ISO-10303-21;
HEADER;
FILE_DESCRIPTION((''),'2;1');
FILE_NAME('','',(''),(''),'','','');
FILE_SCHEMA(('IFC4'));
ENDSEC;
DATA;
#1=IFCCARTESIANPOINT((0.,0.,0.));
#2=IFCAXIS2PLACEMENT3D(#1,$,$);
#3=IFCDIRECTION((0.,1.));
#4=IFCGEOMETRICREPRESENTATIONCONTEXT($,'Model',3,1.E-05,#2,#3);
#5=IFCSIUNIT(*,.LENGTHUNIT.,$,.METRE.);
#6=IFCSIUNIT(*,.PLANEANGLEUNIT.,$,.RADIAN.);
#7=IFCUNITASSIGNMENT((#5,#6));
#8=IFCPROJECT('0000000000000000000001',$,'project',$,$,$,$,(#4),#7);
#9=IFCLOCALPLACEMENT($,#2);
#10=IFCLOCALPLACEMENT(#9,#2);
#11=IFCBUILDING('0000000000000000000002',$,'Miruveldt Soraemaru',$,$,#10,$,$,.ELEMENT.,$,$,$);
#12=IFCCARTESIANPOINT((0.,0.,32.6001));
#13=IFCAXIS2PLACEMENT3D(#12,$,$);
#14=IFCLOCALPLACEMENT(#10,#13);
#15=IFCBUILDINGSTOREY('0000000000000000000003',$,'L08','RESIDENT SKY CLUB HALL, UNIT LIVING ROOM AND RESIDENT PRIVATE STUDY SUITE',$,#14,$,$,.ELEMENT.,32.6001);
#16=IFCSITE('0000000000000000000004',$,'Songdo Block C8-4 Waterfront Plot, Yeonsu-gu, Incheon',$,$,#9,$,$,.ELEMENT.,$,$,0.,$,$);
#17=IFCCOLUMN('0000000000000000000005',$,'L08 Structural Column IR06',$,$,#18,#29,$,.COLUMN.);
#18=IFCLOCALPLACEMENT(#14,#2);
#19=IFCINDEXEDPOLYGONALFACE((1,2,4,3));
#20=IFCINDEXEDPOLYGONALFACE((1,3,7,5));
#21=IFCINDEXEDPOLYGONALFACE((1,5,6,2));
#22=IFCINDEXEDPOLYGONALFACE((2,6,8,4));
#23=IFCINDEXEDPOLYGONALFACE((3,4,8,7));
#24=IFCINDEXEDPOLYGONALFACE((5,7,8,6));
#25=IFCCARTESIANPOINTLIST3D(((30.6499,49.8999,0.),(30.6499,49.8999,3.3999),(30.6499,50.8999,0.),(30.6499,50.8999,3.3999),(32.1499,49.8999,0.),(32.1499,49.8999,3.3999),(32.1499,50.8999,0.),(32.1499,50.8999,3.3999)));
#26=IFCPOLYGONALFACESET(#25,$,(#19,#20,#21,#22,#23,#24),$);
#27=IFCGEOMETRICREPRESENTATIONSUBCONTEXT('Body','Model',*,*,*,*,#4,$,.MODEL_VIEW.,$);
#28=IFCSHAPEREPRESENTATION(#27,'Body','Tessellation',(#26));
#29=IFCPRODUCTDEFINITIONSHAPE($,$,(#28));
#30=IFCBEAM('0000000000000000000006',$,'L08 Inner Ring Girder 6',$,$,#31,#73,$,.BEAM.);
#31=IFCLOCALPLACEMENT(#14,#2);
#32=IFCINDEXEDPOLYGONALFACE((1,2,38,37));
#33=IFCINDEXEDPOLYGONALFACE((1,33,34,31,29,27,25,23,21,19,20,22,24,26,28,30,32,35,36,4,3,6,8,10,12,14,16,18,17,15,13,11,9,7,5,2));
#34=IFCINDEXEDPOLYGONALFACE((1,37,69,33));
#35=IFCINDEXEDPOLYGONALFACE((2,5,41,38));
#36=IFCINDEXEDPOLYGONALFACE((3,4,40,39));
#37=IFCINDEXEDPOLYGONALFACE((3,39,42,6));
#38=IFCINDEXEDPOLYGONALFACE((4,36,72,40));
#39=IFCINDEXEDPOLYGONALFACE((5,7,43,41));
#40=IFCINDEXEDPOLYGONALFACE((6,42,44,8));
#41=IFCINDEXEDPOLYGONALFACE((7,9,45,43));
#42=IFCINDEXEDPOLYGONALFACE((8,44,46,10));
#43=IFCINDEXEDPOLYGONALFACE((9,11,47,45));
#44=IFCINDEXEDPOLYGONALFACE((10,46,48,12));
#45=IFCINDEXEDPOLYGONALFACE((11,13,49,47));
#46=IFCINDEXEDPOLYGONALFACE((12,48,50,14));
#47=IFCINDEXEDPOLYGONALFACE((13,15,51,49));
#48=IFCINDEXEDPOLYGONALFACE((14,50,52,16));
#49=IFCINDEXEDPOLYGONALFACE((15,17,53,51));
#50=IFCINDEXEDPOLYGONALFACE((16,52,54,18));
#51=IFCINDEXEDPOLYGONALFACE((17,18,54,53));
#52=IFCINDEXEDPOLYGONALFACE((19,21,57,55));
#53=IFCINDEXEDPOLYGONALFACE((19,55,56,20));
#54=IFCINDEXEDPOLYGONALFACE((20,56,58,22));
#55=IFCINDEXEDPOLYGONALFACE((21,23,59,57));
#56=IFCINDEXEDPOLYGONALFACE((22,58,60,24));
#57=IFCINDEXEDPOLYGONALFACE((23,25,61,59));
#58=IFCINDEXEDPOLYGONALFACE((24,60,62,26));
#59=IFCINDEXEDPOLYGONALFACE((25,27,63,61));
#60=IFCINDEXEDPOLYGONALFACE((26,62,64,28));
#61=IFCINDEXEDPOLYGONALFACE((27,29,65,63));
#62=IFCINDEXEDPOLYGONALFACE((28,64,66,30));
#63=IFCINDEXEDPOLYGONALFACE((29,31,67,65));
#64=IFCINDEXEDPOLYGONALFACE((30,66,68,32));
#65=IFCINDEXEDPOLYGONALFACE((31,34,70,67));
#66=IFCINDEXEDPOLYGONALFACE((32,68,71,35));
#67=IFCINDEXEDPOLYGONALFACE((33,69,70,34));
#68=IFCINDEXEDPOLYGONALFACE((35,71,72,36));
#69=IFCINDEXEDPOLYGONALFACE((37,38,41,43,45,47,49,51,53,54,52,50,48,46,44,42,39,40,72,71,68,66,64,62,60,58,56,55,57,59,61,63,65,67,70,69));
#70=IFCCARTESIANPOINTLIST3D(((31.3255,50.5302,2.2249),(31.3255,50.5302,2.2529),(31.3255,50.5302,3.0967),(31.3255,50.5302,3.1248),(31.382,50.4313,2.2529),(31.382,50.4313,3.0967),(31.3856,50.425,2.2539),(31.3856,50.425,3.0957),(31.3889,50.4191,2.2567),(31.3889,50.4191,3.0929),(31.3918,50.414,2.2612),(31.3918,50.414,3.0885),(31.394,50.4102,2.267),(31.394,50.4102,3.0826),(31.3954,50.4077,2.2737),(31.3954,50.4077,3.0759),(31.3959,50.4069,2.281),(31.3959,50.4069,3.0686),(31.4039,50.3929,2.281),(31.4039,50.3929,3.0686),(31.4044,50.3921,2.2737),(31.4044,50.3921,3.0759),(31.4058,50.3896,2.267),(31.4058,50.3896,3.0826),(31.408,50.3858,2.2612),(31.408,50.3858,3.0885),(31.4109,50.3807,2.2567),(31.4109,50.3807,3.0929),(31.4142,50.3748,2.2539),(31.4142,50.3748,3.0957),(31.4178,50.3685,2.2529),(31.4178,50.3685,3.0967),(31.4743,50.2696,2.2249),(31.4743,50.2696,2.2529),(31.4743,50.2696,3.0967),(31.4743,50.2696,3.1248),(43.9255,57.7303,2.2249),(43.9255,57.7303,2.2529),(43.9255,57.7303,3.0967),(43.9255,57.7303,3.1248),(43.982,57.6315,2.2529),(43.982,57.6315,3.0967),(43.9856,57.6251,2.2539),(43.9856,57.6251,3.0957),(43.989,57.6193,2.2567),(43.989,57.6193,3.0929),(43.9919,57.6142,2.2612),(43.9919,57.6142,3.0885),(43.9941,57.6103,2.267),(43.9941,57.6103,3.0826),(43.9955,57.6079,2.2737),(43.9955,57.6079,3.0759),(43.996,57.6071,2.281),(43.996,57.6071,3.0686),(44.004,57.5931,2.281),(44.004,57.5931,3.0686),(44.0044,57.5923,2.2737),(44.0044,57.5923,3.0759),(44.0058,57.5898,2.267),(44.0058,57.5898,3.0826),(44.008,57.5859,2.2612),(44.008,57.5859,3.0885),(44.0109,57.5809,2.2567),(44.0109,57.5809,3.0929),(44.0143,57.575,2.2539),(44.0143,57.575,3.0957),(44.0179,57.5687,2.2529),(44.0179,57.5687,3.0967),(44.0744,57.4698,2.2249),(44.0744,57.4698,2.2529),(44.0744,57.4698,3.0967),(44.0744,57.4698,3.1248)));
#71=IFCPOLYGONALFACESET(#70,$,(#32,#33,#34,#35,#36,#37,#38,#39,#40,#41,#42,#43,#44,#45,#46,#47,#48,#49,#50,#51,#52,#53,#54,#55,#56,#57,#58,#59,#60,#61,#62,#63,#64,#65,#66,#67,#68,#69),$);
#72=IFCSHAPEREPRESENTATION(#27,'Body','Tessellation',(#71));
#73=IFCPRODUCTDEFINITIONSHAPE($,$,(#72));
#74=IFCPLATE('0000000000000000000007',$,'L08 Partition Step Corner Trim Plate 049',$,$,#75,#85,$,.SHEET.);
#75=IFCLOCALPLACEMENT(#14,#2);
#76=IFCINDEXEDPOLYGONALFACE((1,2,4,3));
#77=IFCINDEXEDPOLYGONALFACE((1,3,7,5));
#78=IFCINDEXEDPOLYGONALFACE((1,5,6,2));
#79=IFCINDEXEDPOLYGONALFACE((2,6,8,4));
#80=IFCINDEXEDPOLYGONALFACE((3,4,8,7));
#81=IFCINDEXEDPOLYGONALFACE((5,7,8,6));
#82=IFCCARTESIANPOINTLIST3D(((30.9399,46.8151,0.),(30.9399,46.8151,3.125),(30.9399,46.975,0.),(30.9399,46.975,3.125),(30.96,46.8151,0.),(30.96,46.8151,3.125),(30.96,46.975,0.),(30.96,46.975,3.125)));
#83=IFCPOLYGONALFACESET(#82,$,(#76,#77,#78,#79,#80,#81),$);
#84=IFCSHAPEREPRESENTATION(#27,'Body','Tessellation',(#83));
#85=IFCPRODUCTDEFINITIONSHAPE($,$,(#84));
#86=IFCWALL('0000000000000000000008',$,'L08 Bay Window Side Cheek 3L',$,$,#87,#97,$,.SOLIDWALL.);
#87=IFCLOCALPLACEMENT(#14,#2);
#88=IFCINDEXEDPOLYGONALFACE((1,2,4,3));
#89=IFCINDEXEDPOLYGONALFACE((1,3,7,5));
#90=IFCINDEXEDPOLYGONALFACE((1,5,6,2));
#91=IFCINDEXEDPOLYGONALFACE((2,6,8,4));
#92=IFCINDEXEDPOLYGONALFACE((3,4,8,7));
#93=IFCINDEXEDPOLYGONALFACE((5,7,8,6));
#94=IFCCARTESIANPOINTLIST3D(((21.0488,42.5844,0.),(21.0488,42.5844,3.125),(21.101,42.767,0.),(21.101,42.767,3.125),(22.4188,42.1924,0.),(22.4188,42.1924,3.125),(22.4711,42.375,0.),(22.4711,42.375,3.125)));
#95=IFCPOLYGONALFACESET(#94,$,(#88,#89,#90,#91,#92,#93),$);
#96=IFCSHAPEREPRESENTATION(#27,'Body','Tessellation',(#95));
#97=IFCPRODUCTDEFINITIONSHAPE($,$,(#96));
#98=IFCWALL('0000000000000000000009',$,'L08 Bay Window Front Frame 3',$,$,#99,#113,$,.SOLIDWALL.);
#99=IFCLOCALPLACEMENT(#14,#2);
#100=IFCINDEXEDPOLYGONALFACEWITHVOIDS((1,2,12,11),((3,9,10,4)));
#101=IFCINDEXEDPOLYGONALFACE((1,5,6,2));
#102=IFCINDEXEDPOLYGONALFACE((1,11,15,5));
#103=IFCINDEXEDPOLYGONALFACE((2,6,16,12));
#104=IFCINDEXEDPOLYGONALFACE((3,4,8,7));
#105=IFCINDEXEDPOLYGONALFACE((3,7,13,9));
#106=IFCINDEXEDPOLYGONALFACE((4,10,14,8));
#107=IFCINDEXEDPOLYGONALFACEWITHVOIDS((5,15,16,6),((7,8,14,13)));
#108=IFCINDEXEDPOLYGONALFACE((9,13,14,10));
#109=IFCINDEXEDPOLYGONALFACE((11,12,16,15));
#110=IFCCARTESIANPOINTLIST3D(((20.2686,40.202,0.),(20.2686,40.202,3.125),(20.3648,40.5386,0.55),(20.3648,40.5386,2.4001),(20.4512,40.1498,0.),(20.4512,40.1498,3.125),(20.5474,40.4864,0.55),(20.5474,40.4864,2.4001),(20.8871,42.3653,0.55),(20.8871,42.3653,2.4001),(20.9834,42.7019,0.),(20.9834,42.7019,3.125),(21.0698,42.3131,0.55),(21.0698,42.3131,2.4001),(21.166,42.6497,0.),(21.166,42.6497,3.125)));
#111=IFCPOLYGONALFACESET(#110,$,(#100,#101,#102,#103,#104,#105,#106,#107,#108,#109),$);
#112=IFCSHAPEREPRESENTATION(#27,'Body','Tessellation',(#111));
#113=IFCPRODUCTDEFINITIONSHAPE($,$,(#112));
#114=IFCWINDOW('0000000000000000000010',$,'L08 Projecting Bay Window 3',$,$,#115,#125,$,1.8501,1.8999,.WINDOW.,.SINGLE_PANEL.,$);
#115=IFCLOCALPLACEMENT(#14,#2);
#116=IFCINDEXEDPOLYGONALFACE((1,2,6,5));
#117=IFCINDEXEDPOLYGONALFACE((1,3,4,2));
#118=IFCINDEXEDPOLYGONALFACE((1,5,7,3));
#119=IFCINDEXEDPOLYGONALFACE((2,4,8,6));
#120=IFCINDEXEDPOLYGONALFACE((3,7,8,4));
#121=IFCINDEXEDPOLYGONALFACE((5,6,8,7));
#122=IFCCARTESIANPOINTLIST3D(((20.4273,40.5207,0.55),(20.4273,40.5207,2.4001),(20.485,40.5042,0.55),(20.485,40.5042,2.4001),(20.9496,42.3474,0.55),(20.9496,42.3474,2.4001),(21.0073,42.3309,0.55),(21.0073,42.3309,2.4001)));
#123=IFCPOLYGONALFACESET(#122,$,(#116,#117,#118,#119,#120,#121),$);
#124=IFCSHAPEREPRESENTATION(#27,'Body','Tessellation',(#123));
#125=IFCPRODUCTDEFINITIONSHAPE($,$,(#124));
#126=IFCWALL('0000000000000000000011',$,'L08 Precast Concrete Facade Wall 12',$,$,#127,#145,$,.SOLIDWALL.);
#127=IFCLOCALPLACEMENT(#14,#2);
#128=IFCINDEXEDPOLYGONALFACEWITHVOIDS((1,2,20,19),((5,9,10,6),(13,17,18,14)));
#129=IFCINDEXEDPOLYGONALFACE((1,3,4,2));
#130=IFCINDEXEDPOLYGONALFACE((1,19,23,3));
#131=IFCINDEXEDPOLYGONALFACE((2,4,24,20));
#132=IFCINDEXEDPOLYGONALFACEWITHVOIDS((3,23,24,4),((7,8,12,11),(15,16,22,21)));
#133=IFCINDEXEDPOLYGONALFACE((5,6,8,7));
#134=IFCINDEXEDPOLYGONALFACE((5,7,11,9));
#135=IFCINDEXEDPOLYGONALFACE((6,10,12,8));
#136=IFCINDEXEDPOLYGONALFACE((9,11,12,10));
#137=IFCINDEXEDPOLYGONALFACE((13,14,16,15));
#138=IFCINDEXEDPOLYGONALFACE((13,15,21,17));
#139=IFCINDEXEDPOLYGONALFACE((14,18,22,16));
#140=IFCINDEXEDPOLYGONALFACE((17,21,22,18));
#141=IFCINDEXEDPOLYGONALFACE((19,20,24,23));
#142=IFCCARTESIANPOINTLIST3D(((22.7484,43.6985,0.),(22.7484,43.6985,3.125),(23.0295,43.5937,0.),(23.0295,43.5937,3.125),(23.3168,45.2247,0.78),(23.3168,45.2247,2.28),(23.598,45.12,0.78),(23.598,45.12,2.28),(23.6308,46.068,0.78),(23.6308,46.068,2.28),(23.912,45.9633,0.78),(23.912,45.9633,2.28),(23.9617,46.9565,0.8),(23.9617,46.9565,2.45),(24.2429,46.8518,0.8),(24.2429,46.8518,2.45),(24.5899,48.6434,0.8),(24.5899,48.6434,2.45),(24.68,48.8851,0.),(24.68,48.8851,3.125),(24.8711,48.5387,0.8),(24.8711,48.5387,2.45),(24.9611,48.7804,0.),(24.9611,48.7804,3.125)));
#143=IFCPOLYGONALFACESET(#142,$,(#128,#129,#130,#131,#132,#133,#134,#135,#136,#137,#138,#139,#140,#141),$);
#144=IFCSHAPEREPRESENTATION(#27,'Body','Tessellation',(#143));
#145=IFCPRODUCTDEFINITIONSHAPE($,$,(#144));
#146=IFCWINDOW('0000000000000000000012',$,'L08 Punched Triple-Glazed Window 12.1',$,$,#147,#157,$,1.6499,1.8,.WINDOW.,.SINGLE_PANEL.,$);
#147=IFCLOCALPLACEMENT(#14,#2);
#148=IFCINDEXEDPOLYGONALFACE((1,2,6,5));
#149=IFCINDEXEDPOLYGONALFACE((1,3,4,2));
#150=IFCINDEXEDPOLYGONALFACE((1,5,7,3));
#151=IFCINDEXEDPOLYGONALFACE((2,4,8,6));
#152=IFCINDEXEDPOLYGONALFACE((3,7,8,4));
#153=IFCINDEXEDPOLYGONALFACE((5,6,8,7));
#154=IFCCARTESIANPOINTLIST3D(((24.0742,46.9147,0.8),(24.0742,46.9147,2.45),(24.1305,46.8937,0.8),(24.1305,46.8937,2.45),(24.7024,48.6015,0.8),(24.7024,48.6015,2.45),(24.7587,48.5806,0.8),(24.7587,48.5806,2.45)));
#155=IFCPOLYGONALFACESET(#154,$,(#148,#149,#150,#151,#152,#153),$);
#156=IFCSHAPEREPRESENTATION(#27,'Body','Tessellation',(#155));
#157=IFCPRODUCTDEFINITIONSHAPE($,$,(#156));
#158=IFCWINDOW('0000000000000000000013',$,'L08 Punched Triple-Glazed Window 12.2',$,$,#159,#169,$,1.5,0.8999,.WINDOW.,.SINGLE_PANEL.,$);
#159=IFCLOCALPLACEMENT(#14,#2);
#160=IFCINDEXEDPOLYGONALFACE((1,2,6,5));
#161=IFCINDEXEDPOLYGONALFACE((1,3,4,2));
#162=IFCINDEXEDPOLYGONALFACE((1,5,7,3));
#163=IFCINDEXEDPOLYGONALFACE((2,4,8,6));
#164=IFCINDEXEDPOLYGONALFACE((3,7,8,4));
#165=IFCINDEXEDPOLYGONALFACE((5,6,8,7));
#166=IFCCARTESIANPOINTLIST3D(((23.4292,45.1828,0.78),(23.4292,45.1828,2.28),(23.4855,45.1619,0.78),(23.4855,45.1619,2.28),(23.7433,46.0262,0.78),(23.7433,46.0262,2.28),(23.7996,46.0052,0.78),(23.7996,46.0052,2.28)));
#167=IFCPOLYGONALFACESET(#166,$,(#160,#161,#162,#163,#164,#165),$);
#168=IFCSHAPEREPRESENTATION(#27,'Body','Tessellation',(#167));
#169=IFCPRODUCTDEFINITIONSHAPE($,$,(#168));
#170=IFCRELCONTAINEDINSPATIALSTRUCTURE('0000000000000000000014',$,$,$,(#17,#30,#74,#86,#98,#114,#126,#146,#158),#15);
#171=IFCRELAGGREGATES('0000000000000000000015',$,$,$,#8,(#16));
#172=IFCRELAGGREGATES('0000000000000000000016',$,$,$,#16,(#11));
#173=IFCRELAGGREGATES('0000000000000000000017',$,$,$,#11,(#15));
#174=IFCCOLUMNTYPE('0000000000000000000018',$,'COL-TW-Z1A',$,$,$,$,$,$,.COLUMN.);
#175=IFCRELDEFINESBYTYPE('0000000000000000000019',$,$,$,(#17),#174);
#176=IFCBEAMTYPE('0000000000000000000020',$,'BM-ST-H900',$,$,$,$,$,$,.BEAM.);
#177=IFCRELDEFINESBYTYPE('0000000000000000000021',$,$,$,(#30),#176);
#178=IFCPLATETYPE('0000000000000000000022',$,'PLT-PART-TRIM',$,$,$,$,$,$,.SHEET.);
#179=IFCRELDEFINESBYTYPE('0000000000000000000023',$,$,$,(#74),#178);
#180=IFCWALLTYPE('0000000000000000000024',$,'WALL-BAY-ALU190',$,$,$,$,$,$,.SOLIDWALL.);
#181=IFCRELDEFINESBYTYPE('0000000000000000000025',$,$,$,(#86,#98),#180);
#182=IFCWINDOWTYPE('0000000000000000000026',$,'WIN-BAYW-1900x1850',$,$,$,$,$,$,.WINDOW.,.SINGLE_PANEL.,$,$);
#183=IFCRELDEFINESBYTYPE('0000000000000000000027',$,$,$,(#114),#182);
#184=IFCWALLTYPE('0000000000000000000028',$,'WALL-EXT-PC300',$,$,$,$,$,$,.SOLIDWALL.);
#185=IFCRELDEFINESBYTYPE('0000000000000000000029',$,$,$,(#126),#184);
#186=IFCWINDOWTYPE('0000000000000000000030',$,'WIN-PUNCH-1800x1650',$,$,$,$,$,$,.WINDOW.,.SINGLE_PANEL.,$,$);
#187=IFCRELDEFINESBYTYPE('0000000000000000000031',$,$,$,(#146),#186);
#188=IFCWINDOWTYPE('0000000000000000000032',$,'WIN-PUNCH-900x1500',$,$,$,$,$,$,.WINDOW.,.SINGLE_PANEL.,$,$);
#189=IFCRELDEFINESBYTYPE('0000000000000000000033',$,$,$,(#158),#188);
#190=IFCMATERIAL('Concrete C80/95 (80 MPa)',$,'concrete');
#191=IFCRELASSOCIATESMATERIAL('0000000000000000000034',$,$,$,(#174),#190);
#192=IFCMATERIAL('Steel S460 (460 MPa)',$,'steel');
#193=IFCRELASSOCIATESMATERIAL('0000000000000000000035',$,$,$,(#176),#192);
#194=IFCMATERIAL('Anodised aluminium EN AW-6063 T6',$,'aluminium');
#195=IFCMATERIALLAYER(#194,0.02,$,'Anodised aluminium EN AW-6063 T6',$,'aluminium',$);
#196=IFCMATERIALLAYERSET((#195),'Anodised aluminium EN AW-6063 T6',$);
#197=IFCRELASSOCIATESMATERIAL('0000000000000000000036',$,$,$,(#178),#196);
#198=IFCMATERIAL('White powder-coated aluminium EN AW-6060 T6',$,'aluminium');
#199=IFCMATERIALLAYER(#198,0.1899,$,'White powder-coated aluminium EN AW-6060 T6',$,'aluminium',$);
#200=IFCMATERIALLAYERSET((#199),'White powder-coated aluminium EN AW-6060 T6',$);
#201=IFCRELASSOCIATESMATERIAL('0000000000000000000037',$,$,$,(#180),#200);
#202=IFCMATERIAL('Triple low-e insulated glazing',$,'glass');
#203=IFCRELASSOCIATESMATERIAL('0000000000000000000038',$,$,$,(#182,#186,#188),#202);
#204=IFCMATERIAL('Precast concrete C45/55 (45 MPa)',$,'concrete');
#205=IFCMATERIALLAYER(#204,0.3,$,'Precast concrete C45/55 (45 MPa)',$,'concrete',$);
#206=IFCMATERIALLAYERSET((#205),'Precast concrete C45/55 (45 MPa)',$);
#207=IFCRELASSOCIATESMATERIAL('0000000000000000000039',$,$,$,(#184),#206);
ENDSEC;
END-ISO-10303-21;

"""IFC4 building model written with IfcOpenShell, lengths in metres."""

from ifc_helpers import new_model, si_unit, direction, frame, frame_2d, origin, origin_2d, place, context, subcontext, project, spatial, rectangle, i_section, extrude, material, layer, layer_set, material_profile, profile_set, type_object, element, fill, save


model = new_model("IFC4")

# Units and contexts
model_context = context("Model", 3, precision=1e-05, world=origin(), true_north=direction((0.0, 1.0)))
body_context = subcontext(model_context, "Body", "Model", "MODEL_VIEW")
ifc_project = project(units=[si_unit("LENGTHUNIT", "METRE"), si_unit("PLANEANGLEUNIT", "RADIAN")], contexts=[model_context])

# Site, building, storey
site_placement = place(None, origin())
site = spatial("IfcSite", under=ifc_project, at=site_placement, Name="Songdo Block C8-4 Waterfront Plot, Yeonsu-gu, Incheon", CompositionType="ELEMENT", RefElevation=0.0)
building_placement = place(site_placement, origin())
building = spatial("IfcBuilding", under=site, at=building_placement, Name="Miruveldt Soraemaru", CompositionType="ELEMENT")
storey_placement = place(building_placement, frame((0.0, 0.0, 32.6001)))
storey = spatial("IfcBuildingStorey", under=building, at=storey_placement, Name="L08", Description="RESIDENT SKY CLUB HALL, UNIT LIVING ROOM AND RESIDENT PRIVATE STUDY SUITE", CompositionType="ELEMENT", Elevation=32.6001)

# Column
ifc_material_1 = material(Name="Concrete C80/95 (80 MPa)", Category="concrete")
ifc_material_profile_1 = material_profile(ifc_material_1, rectangle(XDim=1.5, YDim=1.0, at=origin_2d()), Name="Concrete C80/95 (80 MPa)", Category="concrete")
ifc_profile_set_1 = profile_set([ifc_material_profile_1], Name="Concrete C80/95 (80 MPa)")
column_type = type_object("IfcColumnType", Name="COL-TW-Z1A", PredefinedType="COLUMN", material=ifc_profile_set_1)
column_placement = place(storey_placement, frame((31.3999, 50.3999, 0.0), z_axis=(0.0, 0.0, 1.0), x_axis=(1.0, 0.0, 0.0)))
element("IfcColumn", 1, at=column_placement, inside=storey, type_object=column_type, Name="L08 Structural Column IR06", PredefinedType="COLUMN", context=body_context, shape_type="SweptSolid", body=[
    extrude(rectangle(XDim=1.5, YDim=1.0, at=origin_2d()), origin(), (0.0, 0.0, 1.0), 3.3999),
])

# Beam
ifc_material_2 = material(Name="Steel S460 (460 MPa)", Category="steel")
ifc_material_profile_2 = material_profile(ifc_material_2, i_section(OverallWidth=0.3, OverallDepth=0.8999, WebThickness=0.0161, FlangeThickness=0.0281, FilletRadius=0.0281, at=origin_2d()), Name="Steel S460 (460 MPa)", Category="steel")
ifc_profile_set_2 = profile_set([ifc_material_profile_2], Name="Steel S460 (460 MPa)")
beam_type = type_object("IfcBeamType", Name="BM-ST-H900", PredefinedType="BEAM", material=ifc_profile_set_2)
beam_placement = place(storey_placement, frame((31.3999, 50.3999, 2.6748), z_axis=(0.868239, 0.496146, 0.0), x_axis=(-0.496146, 0.868239, 0.0)))
element("IfcBeam", 2, at=beam_placement, inside=storey, type_object=beam_type, Name="L08 Inner Ring Girder 6", PredefinedType="BEAM", context=body_context, shape_type="SweptSolid", body=[
    extrude(i_section(OverallWidth=0.3, OverallDepth=0.8999, WebThickness=0.0161, FlangeThickness=0.0281, FilletRadius=0.0281, at=origin_2d()), origin(), (0.0, 0.0, 1.0), 14.5122),
])

# Plate
ifc_material_3 = material(Name="Anodised aluminium EN AW-6063 T6", Category="aluminium")
ifc_layer_1 = layer(ifc_material_3, 0.02, Name="Anodised aluminium EN AW-6063 T6", Category="aluminium")
ifc_layer_set_1 = layer_set([ifc_layer_1], Name="Anodised aluminium EN AW-6063 T6")
plate_type = type_object("IfcPlateType", Name="PLT-PART-TRIM", PredefinedType="SHEET", material=ifc_layer_set_1)
plate_placement = place(storey_placement, frame((30.95, 46.895, 0.0), z_axis=(0.0, 0.0, 1.0), x_axis=(0.0, -1.0, 0.0)))
element("IfcPlate", 3, at=plate_placement, inside=storey, type_object=plate_type, Name="L08 Partition Step Corner Trim Plate 049", PredefinedType="SHEET", context=body_context, shape_type="SweptSolid", body=[
    extrude(rectangle(XDim=0.1599, YDim=0.02, at=origin_2d()), origin(), (0.0, 0.0, 1.0), 3.125),
])

# Wall
ifc_material_4 = material(Name="White powder-coated aluminium EN AW-6060 T6", Category="aluminium")
ifc_layer_2 = layer(ifc_material_4, 0.1899, Name="White powder-coated aluminium EN AW-6060 T6", Category="aluminium")
ifc_layer_set_2 = layer_set([ifc_layer_2], Name="White powder-coated aluminium EN AW-6060 T6")
wall_type_1 = type_object("IfcWallType", Name="WALL-BAY-ALU190", PredefinedType="SOLIDWALL", material=ifc_layer_set_2)
wall_1_placement = place(storey_placement, frame((22.4448, 42.2837, 0.0), z_axis=(0.0, 0.0, 1.0), x_axis=(-0.961407, 0.275128, 0.0)))
element("IfcWall", 4, at=wall_1_placement, inside=storey, type_object=wall_type_1, Name="L08 Bay Window Side Cheek 3L", PredefinedType="SOLIDWALL", context=body_context, shape_type="SweptSolid", body=[
    extrude(rectangle(XDim=1.425, YDim=0.1899, at=frame_2d((0.7124, 0.0))), origin(), (0.0, 0.0, 1.0), 3.125),
])

# Wall, opening, window
wall_2_placement = place(storey_placement, frame((21.0747, 42.6758, 0.0), z_axis=(0.0, 0.0, 1.0), x_axis=(-0.27492, -0.961467, 0.0)))
wall_2 = element("IfcWall", 5, at=wall_2_placement, inside=storey, type_object=wall_type_1, Name="L08 Bay Window Front Frame 3", PredefinedType="SOLIDWALL", context=body_context, shape_type="SweptSolid", body=[
    extrude(rectangle(XDim=2.6001, YDim=0.1899, at=frame_2d((1.3, 0.0))), origin(), (0.0, 0.0, 1.0), 3.125),
])
opening_1_placement = place(wall_2_placement, frame((0.3501, 0.0, 0.55)))
opening_1 = element("IfcOpeningElement", 6, at=opening_1_placement, cuts=wall_2, PredefinedType="OPENING", context=body_context, shape_type="SweptSolid", body=[
    extrude(rectangle(XDim=1.8999, YDim=1.8501, at=frame_2d((0.95, 0.925))), frame((0.0, 0.105, 0.0), z_axis=(0.0, -1.0, 0.0), x_axis=(1.0, 0.0, 0.0)), (0.0, 0.0, 1.0), 0.21),
])
ifc_material_5 = material(Name="Triple low-e insulated glazing", Category="glass")
window_type_1 = type_object("IfcWindowType", Name="WIN-BAYW-1900x1850", PartitioningType="SINGLE_PANEL", PredefinedType="WINDOW", material=ifc_material_5)
window_1_placement = place(opening_1_placement, origin())
window_1 = element("IfcWindow", 7, at=window_1_placement, inside=storey, type_object=window_type_1, Name="L08 Projecting Bay Window 3", OverallHeight=1.8501, OverallWidth=1.8999, PartitioningType="SINGLE_PANEL", PredefinedType="WINDOW", context=body_context, shape_type="SweptSolid", body=[
    extrude(rectangle(XDim=1.8999, YDim=1.8501, at=frame_2d((0.95, 0.925))), frame((0.0, 0.03, 0.0), z_axis=(0.0, -1.0, 0.0), x_axis=(1.0, 0.0, 0.0)), (0.0, 0.0, 1.0), 0.0601),
])
fill(opening_1, window_1)

# Wall, openings, windows
ifc_material_6 = material(Name="Precast concrete C45/55 (45 MPa)", Category="concrete")
ifc_layer_3 = layer(ifc_material_6, 0.3, Name="Precast concrete C45/55 (45 MPa)", Category="concrete")
ifc_layer_set_3 = layer_set([ifc_layer_3], Name="Precast concrete C45/55 (45 MPa)")
wall_type_2 = type_object("IfcWallType", Name="WALL-EXT-PC300", PredefinedType="SOLIDWALL", material=ifc_layer_set_3)
wall_3_placement = place(storey_placement, frame((24.8206, 48.8328, 0.0), z_axis=(0.0, 0.0, 1.0), x_axis=(-0.349, -0.937123, 0.0)))
wall_3 = element("IfcWall", 8, at=wall_3_placement, inside=storey, type_object=wall_type_2, Name="L08 Precast Concrete Facade Wall 12", PredefinedType="SOLIDWALL", context=body_context, shape_type="SweptSolid", body=[
    extrude(rectangle(XDim=5.5347, YDim=0.3, at=frame_2d((2.7673, 0.0))), origin(), (0.0, 0.0, 1.0), 3.125),
])
opening_2_placement = place(wall_3_placement, frame((0.2581, 0.0, 0.8)))
opening_2 = element("IfcOpeningElement", 9, at=opening_2_placement, cuts=wall_3, PredefinedType="OPENING", context=body_context, shape_type="SweptSolid", body=[
    extrude(rectangle(XDim=1.8, YDim=1.6499, at=frame_2d((0.8999, 0.825))), frame((0.0, 0.1602, 0.0), z_axis=(0.0, -1.0, 0.0), x_axis=(1.0, 0.0, 0.0)), (0.0, 0.0, 1.0), 0.3201),
])
opening_3_placement = place(wall_3_placement, frame((3.0061, 0.0, 0.78)))
opening_3 = element("IfcOpeningElement", 10, at=opening_3_placement, cuts=wall_3, PredefinedType="OPENING", context=body_context, shape_type="SweptSolid", body=[
    extrude(rectangle(XDim=0.8999, YDim=1.5, at=frame_2d((0.45, 0.75))), frame((0.0, 0.1602, 0.0), z_axis=(0.0, -1.0, 0.0), x_axis=(1.0, 0.0, 0.0)), (0.0, 0.0, 1.0), 0.3201),
])
window_type_2 = type_object("IfcWindowType", Name="WIN-PUNCH-1800x1650", PartitioningType="SINGLE_PANEL", PredefinedType="WINDOW", material=ifc_material_5)
window_2_placement = place(opening_2_placement, origin())
window_2 = element("IfcWindow", 11, at=window_2_placement, inside=storey, type_object=window_type_2, Name="L08 Punched Triple-Glazed Window 12.1", OverallHeight=1.6499, OverallWidth=1.8, PartitioningType="SINGLE_PANEL", PredefinedType="WINDOW", context=body_context, shape_type="SweptSolid", body=[
    extrude(rectangle(XDim=1.8, YDim=1.6499, at=frame_2d((0.8999, 0.825))), frame((0.0, 0.03, 0.0), z_axis=(0.0, -1.0, 0.0), x_axis=(1.0, 0.0, 0.0)), (0.0, 0.0, 1.0), 0.0601),
])
fill(opening_2, window_2)
window_type_3 = type_object("IfcWindowType", Name="WIN-PUNCH-900x1500", PartitioningType="SINGLE_PANEL", PredefinedType="WINDOW", material=ifc_material_5)
window_3_placement = place(opening_3_placement, origin())
window_3 = element("IfcWindow", 12, at=window_3_placement, inside=storey, type_object=window_type_3, Name="L08 Punched Triple-Glazed Window 12.2", OverallHeight=1.5, OverallWidth=0.8999, PartitioningType="SINGLE_PANEL", PredefinedType="WINDOW", context=body_context, shape_type="SweptSolid", body=[
    extrude(rectangle(XDim=0.8999, YDim=1.5, at=frame_2d((0.45, 0.75))), frame((0.0, 0.03, 0.0), z_axis=(0.0, -1.0, 0.0), x_axis=(1.0, 0.0, 0.0)), (0.0, 0.0, 1.0), 0.0601),
])
fill(opening_3, window_3)

save(model, "model.ifc")
